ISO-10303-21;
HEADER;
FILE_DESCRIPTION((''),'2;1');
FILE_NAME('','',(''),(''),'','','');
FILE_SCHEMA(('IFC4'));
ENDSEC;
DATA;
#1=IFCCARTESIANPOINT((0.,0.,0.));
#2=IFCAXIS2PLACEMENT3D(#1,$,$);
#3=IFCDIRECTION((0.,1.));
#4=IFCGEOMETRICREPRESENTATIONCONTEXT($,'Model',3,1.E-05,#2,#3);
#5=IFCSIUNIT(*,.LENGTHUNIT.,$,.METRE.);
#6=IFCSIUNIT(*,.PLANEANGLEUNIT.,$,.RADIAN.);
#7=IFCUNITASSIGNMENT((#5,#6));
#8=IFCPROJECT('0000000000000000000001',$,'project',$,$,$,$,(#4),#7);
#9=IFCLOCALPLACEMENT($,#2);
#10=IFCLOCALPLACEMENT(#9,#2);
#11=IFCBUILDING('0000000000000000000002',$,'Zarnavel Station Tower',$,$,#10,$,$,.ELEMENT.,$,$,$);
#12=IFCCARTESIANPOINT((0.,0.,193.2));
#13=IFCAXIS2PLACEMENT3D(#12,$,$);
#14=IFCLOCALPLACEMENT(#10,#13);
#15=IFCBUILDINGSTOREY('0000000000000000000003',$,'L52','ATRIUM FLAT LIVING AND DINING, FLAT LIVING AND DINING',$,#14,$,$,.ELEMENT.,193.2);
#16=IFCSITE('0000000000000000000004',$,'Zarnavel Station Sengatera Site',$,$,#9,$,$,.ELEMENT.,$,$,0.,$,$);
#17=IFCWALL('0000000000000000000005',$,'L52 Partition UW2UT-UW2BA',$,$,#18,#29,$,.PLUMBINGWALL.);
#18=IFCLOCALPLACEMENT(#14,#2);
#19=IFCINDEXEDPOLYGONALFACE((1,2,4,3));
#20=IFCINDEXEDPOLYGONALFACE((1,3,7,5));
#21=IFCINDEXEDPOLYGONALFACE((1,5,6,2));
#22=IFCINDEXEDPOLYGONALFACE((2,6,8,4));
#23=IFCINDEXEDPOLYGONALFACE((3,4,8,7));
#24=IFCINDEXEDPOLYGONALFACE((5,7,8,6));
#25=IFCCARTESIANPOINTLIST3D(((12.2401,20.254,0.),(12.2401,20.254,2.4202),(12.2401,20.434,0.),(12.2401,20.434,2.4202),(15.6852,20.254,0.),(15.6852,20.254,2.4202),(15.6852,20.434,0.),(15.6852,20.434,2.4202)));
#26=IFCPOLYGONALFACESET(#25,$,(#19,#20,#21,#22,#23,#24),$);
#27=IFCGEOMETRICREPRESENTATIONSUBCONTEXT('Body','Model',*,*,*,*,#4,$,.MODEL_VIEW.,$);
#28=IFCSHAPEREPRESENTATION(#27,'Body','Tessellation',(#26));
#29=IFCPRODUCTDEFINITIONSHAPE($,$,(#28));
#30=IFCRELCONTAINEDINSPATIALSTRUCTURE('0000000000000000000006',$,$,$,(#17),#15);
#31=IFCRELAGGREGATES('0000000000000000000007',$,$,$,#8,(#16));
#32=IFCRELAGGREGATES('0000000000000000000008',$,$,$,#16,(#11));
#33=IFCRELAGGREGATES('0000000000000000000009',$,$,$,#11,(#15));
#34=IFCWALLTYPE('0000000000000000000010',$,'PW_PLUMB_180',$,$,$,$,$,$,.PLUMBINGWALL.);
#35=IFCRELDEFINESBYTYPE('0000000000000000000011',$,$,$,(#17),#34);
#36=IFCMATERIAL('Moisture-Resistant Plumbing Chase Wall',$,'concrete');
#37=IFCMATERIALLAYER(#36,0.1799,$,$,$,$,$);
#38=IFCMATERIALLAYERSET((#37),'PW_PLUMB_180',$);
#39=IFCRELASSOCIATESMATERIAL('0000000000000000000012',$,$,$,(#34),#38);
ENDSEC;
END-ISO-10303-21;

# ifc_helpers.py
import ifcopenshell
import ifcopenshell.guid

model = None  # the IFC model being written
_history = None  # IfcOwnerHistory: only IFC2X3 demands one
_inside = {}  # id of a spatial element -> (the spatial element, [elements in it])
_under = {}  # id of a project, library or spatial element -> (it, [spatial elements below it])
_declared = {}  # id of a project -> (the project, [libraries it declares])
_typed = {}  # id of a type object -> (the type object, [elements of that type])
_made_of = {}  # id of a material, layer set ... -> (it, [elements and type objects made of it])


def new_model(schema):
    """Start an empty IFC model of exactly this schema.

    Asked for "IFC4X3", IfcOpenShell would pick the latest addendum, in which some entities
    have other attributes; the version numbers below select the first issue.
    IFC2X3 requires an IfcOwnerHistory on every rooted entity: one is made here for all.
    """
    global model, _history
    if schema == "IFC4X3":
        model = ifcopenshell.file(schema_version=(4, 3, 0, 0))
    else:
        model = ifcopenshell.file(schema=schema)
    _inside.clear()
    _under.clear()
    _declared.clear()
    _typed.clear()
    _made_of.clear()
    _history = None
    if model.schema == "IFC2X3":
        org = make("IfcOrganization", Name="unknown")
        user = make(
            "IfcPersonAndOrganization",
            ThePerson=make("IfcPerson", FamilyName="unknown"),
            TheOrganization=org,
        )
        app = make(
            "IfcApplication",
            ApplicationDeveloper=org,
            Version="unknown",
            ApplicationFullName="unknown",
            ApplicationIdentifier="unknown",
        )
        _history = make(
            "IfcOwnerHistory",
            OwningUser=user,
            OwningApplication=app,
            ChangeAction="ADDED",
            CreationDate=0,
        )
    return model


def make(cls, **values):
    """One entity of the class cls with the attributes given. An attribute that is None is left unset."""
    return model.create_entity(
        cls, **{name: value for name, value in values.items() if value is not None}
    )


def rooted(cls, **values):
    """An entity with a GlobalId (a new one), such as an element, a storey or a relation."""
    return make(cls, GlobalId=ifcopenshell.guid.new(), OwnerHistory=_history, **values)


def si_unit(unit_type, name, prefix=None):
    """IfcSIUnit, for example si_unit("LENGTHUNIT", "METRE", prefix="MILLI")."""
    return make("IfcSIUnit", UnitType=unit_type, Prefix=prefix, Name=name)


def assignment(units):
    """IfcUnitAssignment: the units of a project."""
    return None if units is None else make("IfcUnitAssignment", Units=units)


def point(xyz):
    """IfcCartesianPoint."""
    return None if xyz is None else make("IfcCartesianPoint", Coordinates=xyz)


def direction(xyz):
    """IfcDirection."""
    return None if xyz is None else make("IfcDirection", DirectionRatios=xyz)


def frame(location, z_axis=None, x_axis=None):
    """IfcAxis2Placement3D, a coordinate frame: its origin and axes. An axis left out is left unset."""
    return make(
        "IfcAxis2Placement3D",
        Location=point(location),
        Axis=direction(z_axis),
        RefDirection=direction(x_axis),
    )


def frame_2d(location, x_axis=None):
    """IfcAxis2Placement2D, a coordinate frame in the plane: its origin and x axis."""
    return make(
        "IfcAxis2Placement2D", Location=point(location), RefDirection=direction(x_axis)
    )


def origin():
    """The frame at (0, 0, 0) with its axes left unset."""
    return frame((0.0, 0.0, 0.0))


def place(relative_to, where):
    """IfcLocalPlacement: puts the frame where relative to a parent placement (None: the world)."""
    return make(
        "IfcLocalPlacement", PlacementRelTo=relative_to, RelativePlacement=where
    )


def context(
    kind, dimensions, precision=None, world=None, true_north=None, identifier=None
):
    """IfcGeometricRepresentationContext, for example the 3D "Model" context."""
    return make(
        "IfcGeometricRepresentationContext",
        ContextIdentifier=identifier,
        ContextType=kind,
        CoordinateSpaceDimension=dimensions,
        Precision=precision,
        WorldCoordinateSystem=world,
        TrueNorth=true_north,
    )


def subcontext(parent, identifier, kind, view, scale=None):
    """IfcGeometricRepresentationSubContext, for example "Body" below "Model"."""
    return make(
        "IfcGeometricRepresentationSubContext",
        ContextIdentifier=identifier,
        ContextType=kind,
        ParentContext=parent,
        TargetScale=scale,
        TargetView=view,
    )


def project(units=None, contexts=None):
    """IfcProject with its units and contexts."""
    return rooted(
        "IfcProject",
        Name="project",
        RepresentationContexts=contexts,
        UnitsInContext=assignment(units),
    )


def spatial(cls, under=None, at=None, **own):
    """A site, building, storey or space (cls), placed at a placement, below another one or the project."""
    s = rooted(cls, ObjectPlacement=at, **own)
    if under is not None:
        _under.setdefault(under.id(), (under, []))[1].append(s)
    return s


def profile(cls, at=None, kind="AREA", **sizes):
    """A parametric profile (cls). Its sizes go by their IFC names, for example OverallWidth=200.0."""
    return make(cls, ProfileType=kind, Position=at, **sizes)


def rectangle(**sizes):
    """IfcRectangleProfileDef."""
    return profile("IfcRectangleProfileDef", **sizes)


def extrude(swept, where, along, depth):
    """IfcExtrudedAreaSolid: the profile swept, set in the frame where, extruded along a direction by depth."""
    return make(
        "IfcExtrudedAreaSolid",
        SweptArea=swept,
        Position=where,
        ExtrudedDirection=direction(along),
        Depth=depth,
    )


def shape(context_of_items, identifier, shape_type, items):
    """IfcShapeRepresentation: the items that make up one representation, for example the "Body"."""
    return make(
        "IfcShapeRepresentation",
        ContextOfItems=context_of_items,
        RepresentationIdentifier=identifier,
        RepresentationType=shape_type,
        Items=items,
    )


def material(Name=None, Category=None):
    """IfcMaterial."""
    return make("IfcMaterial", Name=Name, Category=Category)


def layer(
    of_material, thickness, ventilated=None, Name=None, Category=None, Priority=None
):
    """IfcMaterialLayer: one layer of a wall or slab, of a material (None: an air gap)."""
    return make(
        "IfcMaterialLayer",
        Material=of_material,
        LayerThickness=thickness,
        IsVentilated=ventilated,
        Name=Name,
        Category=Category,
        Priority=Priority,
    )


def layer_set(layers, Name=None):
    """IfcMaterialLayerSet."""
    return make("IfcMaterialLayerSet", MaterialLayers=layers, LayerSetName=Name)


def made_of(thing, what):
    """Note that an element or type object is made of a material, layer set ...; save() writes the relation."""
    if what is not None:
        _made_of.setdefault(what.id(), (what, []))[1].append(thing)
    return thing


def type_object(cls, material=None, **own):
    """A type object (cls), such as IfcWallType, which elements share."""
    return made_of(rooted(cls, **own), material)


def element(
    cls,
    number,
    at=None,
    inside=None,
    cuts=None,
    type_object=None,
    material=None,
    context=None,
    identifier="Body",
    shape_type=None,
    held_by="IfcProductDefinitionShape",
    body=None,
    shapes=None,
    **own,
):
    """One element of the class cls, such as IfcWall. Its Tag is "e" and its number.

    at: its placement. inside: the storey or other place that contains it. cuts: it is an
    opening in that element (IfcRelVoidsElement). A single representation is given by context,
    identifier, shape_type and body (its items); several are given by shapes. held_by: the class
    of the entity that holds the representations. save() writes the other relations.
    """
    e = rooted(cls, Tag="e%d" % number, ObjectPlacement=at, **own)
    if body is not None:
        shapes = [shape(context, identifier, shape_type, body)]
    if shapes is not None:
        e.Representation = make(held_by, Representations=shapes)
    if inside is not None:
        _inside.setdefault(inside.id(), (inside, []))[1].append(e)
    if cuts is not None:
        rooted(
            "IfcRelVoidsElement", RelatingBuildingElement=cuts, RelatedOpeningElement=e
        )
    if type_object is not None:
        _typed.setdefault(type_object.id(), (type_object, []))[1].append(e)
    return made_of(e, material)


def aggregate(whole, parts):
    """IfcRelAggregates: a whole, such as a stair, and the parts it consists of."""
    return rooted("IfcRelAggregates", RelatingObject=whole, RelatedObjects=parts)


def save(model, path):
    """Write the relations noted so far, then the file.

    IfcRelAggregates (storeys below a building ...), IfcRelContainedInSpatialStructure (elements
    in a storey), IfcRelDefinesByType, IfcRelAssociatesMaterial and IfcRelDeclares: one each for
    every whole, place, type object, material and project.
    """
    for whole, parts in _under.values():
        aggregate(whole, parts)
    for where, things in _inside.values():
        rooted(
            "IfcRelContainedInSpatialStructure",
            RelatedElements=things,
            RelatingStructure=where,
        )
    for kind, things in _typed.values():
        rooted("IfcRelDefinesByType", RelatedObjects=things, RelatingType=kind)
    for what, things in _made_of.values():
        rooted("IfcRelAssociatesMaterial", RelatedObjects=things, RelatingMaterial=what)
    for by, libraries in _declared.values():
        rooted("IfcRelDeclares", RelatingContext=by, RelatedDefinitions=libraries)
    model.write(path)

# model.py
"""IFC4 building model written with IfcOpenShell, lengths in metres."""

from ifc_helpers import new_model, si_unit, direction, frame, frame_2d, origin, place, context, subcontext, project, spatial, rectangle, extrude, material, layer, layer_set, type_object, element, save


model = new_model("IFC4")

# Units and contexts
model_context = context("Model", 3, precision=1e-05, world=origin(), true_north=direction((0.0, 1.0)))
body_context = subcontext(model_context, "Body", "Model", "MODEL_VIEW")
ifc_project = project(units=[si_unit("LENGTHUNIT", "METRE"), si_unit("PLANEANGLEUNIT", "RADIAN")], contexts=[model_context])

# Site, building, storey
site_placement = place(None, origin())
site = spatial("IfcSite", under=ifc_project, at=site_placement, Name="Zarnavel Station Sengatera Site", CompositionType="ELEMENT", RefElevation=0.0)
building_placement = place(site_placement, origin())
building = spatial("IfcBuilding", under=site, at=building_placement, Name="Zarnavel Station Tower", CompositionType="ELEMENT")
storey_placement = place(building_placement, frame((0.0, 0.0, 193.2)))
storey = spatial("IfcBuildingStorey", under=building, at=storey_placement, Name="L52", Description="ATRIUM FLAT LIVING AND DINING, FLAT LIVING AND DINING", CompositionType="ELEMENT", Elevation=193.2)

# Shared definitions
ifc_material_1 = material(Name="Moisture-Resistant Plumbing Chase Wall", Category="concrete")
ifc_layer_1 = layer(ifc_material_1, 0.1799)
ifc_layer_set_1 = layer_set([ifc_layer_1], Name="PW_PLUMB_180")
wall_type_1 = type_object("IfcWallType", Name="PW_PLUMB_180", PredefinedType="PLUMBINGWALL", material=ifc_layer_set_1)

# Wall
wall_1_placement = place(storey_placement, frame((12.24, 20.344, 0.0), z_axis=(0.0, 0.0, 1.0), x_axis=(1.0, 0.0, 0.0)))
element("IfcWall", 1, at=wall_1_placement, inside=storey, type_object=wall_type_1, Name="L52 Partition UW2UT-UW2BA", PredefinedType="PLUMBINGWALL", context=body_context, shape_type="SweptSolid", body=[
    extrude(rectangle(XDim=3.4451, YDim=0.1799, at=frame_2d((1.7227, 0.0))), origin(), (0.0, 0.0, 1.0), 2.4202),
])

save(model, "model.ifc")
